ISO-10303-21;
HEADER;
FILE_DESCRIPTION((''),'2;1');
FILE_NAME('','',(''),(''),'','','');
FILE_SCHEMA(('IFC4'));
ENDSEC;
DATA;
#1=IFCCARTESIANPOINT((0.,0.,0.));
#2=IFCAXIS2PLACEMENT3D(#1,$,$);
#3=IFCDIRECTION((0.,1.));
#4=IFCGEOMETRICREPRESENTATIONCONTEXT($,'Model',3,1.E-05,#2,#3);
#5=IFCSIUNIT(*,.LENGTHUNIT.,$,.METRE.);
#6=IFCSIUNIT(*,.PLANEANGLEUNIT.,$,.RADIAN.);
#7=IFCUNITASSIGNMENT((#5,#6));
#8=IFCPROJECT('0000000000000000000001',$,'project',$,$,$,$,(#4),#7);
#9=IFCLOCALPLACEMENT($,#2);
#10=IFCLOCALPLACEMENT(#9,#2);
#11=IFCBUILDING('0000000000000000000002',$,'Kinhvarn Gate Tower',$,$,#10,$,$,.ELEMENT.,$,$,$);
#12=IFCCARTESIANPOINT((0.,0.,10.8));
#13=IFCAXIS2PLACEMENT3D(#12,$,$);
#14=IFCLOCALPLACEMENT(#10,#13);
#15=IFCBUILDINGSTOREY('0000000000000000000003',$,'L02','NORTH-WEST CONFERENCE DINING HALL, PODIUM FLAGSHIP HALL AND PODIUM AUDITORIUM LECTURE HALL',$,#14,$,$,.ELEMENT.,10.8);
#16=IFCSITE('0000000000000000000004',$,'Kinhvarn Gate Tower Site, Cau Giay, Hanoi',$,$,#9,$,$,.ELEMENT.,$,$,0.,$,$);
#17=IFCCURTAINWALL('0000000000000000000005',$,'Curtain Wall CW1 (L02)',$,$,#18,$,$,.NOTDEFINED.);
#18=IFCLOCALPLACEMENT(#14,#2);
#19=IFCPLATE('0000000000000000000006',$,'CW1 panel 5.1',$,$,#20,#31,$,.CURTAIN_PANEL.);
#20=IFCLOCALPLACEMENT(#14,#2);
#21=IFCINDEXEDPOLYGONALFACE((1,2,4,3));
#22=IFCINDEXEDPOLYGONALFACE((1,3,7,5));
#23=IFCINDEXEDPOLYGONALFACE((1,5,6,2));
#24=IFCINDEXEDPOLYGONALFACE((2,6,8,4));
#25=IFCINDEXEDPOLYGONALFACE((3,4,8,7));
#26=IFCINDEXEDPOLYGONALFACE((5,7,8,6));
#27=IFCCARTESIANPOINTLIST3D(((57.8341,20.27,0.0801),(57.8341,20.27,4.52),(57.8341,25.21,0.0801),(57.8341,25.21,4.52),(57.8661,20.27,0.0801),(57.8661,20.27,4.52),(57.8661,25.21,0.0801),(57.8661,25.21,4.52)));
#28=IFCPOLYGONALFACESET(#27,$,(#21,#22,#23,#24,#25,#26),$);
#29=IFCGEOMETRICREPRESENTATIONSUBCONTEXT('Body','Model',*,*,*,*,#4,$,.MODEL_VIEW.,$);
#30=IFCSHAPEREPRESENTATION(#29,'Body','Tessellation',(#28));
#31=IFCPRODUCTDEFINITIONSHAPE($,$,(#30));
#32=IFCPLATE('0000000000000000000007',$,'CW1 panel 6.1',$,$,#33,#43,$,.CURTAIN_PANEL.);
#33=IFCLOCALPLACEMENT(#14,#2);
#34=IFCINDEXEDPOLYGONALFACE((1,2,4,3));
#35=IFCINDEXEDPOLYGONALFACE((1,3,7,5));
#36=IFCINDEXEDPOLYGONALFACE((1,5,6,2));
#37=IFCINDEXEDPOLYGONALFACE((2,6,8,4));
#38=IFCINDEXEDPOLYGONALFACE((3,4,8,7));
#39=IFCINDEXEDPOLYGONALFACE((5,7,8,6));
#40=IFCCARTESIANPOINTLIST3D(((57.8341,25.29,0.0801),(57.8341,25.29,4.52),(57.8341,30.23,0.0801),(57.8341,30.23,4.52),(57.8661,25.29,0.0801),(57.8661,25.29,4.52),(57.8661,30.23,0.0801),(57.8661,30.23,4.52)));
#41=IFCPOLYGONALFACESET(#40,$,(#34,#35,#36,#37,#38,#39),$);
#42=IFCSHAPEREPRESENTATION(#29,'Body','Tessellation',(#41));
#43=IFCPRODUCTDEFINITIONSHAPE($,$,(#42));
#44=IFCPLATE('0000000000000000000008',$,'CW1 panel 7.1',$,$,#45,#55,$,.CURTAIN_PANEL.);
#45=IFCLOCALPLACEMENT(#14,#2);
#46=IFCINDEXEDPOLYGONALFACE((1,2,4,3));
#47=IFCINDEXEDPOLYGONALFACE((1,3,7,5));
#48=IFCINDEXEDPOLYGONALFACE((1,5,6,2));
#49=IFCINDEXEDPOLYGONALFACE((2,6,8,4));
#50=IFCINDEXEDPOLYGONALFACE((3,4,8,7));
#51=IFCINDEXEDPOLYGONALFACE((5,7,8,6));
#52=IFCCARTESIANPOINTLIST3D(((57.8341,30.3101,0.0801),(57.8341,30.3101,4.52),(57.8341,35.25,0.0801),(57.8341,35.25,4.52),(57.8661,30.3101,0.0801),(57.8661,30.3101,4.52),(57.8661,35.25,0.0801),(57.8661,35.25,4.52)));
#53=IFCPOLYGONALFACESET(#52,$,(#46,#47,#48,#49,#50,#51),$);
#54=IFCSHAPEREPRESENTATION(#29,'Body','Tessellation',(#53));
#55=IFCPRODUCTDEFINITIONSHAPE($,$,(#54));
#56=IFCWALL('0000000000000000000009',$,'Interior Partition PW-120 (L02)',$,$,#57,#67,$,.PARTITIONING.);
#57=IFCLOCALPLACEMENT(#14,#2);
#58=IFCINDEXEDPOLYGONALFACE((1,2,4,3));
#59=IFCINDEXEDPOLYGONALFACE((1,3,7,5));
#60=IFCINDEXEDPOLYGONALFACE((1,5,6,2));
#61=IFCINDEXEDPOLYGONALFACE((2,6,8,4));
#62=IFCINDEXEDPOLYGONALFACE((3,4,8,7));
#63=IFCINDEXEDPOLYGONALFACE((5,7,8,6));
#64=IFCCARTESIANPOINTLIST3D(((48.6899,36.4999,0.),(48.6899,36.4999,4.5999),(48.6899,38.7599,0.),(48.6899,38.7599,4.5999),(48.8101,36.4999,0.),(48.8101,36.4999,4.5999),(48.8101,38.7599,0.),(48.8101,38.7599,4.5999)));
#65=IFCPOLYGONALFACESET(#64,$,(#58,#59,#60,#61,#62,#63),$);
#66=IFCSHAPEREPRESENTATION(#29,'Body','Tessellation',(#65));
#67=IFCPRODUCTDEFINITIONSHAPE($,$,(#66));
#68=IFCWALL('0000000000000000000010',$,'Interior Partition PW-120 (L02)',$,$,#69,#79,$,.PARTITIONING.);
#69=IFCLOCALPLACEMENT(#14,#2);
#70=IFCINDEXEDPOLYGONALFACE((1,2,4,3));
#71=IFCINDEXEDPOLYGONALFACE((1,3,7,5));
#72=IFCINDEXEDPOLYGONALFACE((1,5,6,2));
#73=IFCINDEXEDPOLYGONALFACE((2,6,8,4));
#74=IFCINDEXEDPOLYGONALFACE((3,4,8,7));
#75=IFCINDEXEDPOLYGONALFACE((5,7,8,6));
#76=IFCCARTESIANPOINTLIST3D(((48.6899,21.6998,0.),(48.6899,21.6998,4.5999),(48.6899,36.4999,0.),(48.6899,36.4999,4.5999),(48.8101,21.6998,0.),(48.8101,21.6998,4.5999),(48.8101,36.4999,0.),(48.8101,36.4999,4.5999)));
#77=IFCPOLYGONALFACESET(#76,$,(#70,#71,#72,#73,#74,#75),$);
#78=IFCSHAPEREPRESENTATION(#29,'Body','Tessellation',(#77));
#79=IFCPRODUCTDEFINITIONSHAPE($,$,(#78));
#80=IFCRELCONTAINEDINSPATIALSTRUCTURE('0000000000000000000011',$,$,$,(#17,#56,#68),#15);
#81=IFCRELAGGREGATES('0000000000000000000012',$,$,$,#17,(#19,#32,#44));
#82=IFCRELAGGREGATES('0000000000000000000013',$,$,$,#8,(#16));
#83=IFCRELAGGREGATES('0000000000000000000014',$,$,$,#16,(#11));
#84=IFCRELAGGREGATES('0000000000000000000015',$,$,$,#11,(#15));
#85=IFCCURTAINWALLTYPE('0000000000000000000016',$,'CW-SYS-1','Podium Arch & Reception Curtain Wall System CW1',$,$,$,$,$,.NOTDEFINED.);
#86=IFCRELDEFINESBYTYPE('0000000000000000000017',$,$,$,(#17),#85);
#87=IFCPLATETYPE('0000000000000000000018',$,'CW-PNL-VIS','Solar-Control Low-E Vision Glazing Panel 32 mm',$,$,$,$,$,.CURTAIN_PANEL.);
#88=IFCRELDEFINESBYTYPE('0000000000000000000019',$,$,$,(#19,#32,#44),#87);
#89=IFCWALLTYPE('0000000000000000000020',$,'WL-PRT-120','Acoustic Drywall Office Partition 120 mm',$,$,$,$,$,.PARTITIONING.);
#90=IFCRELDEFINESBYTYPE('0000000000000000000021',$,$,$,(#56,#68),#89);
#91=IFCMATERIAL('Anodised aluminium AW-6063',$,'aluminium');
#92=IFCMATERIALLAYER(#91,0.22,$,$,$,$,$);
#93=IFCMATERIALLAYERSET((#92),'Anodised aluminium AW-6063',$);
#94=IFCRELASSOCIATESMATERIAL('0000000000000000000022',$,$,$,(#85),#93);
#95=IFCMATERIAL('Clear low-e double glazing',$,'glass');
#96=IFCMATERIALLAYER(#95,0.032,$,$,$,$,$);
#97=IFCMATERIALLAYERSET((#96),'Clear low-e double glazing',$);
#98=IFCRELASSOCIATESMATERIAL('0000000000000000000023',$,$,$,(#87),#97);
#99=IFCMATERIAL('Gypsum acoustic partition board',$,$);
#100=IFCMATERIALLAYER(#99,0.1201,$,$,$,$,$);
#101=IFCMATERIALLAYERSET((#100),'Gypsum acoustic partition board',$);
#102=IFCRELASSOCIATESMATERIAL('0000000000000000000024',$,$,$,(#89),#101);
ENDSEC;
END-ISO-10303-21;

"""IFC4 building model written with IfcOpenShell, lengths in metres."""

from ifc_helpers import new_model, si_unit, direction, frame, frame_2d, origin, origin_2d, place, context, subcontext, project, spatial, rectangle, extrude, material, layer, layer_set, type_object, element, aggregate, save


model = new_model("IFC4")

# Units and contexts
model_context = context("Model", 3, precision=1e-05, world=origin(), true_north=direction((0.0, 1.0)))
body_context = subcontext(model_context, "Body", "Model", "MODEL_VIEW")
ifc_project = project(units=[si_unit("LENGTHUNIT", "METRE"), si_unit("PLANEANGLEUNIT", "RADIAN")], contexts=[model_context])

# Site, building, storey
site_placement = place(None, origin())
site = spatial("IfcSite", under=ifc_project, at=site_placement, Name="Kinhvarn Gate Tower Site, Cau Giay, Hanoi", CompositionType="ELEMENT", RefElevation=0.0)
building_placement = place(site_placement, origin())
building = spatial("IfcBuilding", under=site, at=building_placement, Name="Kinhvarn Gate Tower", CompositionType="ELEMENT")
storey_placement = place(building_placement, frame((0.0, 0.0, 10.8)))
storey = spatial("IfcBuildingStorey", under=building, at=storey_placement, Name="L02", Description="NORTH-WEST CONFERENCE DINING HALL, PODIUM FLAGSHIP HALL AND PODIUM AUDITORIUM LECTURE HALL", CompositionType="ELEMENT", Elevation=10.8)

# Curtain wall
ifc_material_1 = material(Name="Anodised aluminium AW-6063", Category="aluminium")
ifc_layer_1 = layer(ifc_material_1, 0.22)
ifc_layer_set_1 = layer_set([ifc_layer_1], Name="Anodised aluminium AW-6063")
curtain_wall_type = type_object("IfcCurtainWallType", Name="CW-SYS-1", Description="Podium Arch & Reception Curtain Wall System CW1", PredefinedType="NOTDEFINED", material=ifc_layer_set_1)
curtain_wall_placement = place(storey_placement, origin())
curtain_wall = element("IfcCurtainWall", 1, at=curtain_wall_placement, inside=storey, type_object=curtain_wall_type, Name="Curtain Wall CW1 (L02)", PredefinedType="NOTDEFINED")

# Plates
ifc_material_2 = material(Name="Clear low-e double glazing", Category="glass")
ifc_layer_2 = layer(ifc_material_2, 0.032)
ifc_layer_set_2 = layer_set([ifc_layer_2], Name="Clear low-e double glazing")
plate_type = type_object("IfcPlateType", Name="CW-PNL-VIS", Description="Solar-Control Low-E Vision Glazing Panel 32 mm", PredefinedType="CURTAIN_PANEL", material=ifc_layer_set_2)
plate_1_placement = place(storey_placement, frame((57.8501, 22.74, 0.0801), z_axis=(0.0, 0.0, 1.0), x_axis=(0.0, 1.0, 0.0)))
plate_1 = element("IfcPlate", 2, at=plate_1_placement, type_object=plate_type, Name="CW1 panel 5.1", PredefinedType="CURTAIN_PANEL", context=body_context, shape_type="SweptSolid", body=[
    extrude(rectangle(XDim=4.9399, YDim=0.032, at=origin_2d()), origin(), (0.0, 0.0, 1.0), 4.4399),
])
plate_2_placement = place(storey_placement, frame((57.8501, 27.76, 0.0801), z_axis=(0.0, 0.0, 1.0), x_axis=(0.0, 1.0, 0.0)))
plate_2 = element("IfcPlate", 3, at=plate_2_placement, type_object=plate_type, Name="CW1 panel 6.1", PredefinedType="CURTAIN_PANEL", context=body_context, shape_type="SweptSolid", body=[
    extrude(rectangle(XDim=4.9399, YDim=0.032, at=origin_2d()), origin(), (0.0, 0.0, 1.0), 4.4399),
])
plate_3_placement = place(storey_placement, frame((57.8501, 32.78, 0.0801), z_axis=(0.0, 0.0, 1.0), x_axis=(0.0, 1.0, 0.0)))
plate_3 = element("IfcPlate", 4, at=plate_3_placement, type_object=plate_type, Name="CW1 panel 7.1", PredefinedType="CURTAIN_PANEL", context=body_context, shape_type="SweptSolid", body=[
    extrude(rectangle(XDim=4.9399, YDim=0.032, at=origin_2d()), origin(), (0.0, 0.0, 1.0), 4.4399),
])
aggregate(curtain_wall, [plate_1, plate_2, plate_3])

# Walls
ifc_material_3 = material(Name="Gypsum acoustic partition board")
ifc_layer_3 = layer(ifc_material_3, 0.1201)
ifc_layer_set_3 = layer_set([ifc_layer_3], Name="Gypsum acoustic partition board")
wall_type = type_object("IfcWallType", Name="WL-PRT-120", Description="Acoustic Drywall Office Partition 120 mm", PredefinedType="PARTITIONING", material=ifc_layer_set_3)
wall_1_placement = place(storey_placement, frame((48.75, 36.5, 0.0), z_axis=(0.0, 0.0, 1.0), x_axis=(0.0, 1.0, 0.0)))
element("IfcWall", 5, at=wall_1_placement, inside=storey, type_object=wall_type, Name="Interior Partition PW-120 (L02)", PredefinedType="PARTITIONING", context=body_context, shape_type="SweptSolid", body=[
    extrude(rectangle(XDim=2.26, YDim=0.1201, at=frame_2d((1.1299, 0.0))), origin(), (0.0, 0.0, 1.0), 4.5999),
])
wall_2_placement = place(storey_placement, frame((48.75, 21.7, 0.0), z_axis=(0.0, 0.0, 1.0), x_axis=(0.0, 1.0, 0.0)))
element("IfcWall", 6, at=wall_2_placement, inside=storey, type_object=wall_type, Name="Interior Partition PW-120 (L02)", PredefinedType="PARTITIONING", context=body_context, shape_type="SweptSolid", body=[
    extrude(rectangle(XDim=14.8, YDim=0.1201, at=frame_2d((7.3999, 0.0))), origin(), (0.0, 0.0, 1.0), 4.5999),
])

save(model, "model.ifc")
